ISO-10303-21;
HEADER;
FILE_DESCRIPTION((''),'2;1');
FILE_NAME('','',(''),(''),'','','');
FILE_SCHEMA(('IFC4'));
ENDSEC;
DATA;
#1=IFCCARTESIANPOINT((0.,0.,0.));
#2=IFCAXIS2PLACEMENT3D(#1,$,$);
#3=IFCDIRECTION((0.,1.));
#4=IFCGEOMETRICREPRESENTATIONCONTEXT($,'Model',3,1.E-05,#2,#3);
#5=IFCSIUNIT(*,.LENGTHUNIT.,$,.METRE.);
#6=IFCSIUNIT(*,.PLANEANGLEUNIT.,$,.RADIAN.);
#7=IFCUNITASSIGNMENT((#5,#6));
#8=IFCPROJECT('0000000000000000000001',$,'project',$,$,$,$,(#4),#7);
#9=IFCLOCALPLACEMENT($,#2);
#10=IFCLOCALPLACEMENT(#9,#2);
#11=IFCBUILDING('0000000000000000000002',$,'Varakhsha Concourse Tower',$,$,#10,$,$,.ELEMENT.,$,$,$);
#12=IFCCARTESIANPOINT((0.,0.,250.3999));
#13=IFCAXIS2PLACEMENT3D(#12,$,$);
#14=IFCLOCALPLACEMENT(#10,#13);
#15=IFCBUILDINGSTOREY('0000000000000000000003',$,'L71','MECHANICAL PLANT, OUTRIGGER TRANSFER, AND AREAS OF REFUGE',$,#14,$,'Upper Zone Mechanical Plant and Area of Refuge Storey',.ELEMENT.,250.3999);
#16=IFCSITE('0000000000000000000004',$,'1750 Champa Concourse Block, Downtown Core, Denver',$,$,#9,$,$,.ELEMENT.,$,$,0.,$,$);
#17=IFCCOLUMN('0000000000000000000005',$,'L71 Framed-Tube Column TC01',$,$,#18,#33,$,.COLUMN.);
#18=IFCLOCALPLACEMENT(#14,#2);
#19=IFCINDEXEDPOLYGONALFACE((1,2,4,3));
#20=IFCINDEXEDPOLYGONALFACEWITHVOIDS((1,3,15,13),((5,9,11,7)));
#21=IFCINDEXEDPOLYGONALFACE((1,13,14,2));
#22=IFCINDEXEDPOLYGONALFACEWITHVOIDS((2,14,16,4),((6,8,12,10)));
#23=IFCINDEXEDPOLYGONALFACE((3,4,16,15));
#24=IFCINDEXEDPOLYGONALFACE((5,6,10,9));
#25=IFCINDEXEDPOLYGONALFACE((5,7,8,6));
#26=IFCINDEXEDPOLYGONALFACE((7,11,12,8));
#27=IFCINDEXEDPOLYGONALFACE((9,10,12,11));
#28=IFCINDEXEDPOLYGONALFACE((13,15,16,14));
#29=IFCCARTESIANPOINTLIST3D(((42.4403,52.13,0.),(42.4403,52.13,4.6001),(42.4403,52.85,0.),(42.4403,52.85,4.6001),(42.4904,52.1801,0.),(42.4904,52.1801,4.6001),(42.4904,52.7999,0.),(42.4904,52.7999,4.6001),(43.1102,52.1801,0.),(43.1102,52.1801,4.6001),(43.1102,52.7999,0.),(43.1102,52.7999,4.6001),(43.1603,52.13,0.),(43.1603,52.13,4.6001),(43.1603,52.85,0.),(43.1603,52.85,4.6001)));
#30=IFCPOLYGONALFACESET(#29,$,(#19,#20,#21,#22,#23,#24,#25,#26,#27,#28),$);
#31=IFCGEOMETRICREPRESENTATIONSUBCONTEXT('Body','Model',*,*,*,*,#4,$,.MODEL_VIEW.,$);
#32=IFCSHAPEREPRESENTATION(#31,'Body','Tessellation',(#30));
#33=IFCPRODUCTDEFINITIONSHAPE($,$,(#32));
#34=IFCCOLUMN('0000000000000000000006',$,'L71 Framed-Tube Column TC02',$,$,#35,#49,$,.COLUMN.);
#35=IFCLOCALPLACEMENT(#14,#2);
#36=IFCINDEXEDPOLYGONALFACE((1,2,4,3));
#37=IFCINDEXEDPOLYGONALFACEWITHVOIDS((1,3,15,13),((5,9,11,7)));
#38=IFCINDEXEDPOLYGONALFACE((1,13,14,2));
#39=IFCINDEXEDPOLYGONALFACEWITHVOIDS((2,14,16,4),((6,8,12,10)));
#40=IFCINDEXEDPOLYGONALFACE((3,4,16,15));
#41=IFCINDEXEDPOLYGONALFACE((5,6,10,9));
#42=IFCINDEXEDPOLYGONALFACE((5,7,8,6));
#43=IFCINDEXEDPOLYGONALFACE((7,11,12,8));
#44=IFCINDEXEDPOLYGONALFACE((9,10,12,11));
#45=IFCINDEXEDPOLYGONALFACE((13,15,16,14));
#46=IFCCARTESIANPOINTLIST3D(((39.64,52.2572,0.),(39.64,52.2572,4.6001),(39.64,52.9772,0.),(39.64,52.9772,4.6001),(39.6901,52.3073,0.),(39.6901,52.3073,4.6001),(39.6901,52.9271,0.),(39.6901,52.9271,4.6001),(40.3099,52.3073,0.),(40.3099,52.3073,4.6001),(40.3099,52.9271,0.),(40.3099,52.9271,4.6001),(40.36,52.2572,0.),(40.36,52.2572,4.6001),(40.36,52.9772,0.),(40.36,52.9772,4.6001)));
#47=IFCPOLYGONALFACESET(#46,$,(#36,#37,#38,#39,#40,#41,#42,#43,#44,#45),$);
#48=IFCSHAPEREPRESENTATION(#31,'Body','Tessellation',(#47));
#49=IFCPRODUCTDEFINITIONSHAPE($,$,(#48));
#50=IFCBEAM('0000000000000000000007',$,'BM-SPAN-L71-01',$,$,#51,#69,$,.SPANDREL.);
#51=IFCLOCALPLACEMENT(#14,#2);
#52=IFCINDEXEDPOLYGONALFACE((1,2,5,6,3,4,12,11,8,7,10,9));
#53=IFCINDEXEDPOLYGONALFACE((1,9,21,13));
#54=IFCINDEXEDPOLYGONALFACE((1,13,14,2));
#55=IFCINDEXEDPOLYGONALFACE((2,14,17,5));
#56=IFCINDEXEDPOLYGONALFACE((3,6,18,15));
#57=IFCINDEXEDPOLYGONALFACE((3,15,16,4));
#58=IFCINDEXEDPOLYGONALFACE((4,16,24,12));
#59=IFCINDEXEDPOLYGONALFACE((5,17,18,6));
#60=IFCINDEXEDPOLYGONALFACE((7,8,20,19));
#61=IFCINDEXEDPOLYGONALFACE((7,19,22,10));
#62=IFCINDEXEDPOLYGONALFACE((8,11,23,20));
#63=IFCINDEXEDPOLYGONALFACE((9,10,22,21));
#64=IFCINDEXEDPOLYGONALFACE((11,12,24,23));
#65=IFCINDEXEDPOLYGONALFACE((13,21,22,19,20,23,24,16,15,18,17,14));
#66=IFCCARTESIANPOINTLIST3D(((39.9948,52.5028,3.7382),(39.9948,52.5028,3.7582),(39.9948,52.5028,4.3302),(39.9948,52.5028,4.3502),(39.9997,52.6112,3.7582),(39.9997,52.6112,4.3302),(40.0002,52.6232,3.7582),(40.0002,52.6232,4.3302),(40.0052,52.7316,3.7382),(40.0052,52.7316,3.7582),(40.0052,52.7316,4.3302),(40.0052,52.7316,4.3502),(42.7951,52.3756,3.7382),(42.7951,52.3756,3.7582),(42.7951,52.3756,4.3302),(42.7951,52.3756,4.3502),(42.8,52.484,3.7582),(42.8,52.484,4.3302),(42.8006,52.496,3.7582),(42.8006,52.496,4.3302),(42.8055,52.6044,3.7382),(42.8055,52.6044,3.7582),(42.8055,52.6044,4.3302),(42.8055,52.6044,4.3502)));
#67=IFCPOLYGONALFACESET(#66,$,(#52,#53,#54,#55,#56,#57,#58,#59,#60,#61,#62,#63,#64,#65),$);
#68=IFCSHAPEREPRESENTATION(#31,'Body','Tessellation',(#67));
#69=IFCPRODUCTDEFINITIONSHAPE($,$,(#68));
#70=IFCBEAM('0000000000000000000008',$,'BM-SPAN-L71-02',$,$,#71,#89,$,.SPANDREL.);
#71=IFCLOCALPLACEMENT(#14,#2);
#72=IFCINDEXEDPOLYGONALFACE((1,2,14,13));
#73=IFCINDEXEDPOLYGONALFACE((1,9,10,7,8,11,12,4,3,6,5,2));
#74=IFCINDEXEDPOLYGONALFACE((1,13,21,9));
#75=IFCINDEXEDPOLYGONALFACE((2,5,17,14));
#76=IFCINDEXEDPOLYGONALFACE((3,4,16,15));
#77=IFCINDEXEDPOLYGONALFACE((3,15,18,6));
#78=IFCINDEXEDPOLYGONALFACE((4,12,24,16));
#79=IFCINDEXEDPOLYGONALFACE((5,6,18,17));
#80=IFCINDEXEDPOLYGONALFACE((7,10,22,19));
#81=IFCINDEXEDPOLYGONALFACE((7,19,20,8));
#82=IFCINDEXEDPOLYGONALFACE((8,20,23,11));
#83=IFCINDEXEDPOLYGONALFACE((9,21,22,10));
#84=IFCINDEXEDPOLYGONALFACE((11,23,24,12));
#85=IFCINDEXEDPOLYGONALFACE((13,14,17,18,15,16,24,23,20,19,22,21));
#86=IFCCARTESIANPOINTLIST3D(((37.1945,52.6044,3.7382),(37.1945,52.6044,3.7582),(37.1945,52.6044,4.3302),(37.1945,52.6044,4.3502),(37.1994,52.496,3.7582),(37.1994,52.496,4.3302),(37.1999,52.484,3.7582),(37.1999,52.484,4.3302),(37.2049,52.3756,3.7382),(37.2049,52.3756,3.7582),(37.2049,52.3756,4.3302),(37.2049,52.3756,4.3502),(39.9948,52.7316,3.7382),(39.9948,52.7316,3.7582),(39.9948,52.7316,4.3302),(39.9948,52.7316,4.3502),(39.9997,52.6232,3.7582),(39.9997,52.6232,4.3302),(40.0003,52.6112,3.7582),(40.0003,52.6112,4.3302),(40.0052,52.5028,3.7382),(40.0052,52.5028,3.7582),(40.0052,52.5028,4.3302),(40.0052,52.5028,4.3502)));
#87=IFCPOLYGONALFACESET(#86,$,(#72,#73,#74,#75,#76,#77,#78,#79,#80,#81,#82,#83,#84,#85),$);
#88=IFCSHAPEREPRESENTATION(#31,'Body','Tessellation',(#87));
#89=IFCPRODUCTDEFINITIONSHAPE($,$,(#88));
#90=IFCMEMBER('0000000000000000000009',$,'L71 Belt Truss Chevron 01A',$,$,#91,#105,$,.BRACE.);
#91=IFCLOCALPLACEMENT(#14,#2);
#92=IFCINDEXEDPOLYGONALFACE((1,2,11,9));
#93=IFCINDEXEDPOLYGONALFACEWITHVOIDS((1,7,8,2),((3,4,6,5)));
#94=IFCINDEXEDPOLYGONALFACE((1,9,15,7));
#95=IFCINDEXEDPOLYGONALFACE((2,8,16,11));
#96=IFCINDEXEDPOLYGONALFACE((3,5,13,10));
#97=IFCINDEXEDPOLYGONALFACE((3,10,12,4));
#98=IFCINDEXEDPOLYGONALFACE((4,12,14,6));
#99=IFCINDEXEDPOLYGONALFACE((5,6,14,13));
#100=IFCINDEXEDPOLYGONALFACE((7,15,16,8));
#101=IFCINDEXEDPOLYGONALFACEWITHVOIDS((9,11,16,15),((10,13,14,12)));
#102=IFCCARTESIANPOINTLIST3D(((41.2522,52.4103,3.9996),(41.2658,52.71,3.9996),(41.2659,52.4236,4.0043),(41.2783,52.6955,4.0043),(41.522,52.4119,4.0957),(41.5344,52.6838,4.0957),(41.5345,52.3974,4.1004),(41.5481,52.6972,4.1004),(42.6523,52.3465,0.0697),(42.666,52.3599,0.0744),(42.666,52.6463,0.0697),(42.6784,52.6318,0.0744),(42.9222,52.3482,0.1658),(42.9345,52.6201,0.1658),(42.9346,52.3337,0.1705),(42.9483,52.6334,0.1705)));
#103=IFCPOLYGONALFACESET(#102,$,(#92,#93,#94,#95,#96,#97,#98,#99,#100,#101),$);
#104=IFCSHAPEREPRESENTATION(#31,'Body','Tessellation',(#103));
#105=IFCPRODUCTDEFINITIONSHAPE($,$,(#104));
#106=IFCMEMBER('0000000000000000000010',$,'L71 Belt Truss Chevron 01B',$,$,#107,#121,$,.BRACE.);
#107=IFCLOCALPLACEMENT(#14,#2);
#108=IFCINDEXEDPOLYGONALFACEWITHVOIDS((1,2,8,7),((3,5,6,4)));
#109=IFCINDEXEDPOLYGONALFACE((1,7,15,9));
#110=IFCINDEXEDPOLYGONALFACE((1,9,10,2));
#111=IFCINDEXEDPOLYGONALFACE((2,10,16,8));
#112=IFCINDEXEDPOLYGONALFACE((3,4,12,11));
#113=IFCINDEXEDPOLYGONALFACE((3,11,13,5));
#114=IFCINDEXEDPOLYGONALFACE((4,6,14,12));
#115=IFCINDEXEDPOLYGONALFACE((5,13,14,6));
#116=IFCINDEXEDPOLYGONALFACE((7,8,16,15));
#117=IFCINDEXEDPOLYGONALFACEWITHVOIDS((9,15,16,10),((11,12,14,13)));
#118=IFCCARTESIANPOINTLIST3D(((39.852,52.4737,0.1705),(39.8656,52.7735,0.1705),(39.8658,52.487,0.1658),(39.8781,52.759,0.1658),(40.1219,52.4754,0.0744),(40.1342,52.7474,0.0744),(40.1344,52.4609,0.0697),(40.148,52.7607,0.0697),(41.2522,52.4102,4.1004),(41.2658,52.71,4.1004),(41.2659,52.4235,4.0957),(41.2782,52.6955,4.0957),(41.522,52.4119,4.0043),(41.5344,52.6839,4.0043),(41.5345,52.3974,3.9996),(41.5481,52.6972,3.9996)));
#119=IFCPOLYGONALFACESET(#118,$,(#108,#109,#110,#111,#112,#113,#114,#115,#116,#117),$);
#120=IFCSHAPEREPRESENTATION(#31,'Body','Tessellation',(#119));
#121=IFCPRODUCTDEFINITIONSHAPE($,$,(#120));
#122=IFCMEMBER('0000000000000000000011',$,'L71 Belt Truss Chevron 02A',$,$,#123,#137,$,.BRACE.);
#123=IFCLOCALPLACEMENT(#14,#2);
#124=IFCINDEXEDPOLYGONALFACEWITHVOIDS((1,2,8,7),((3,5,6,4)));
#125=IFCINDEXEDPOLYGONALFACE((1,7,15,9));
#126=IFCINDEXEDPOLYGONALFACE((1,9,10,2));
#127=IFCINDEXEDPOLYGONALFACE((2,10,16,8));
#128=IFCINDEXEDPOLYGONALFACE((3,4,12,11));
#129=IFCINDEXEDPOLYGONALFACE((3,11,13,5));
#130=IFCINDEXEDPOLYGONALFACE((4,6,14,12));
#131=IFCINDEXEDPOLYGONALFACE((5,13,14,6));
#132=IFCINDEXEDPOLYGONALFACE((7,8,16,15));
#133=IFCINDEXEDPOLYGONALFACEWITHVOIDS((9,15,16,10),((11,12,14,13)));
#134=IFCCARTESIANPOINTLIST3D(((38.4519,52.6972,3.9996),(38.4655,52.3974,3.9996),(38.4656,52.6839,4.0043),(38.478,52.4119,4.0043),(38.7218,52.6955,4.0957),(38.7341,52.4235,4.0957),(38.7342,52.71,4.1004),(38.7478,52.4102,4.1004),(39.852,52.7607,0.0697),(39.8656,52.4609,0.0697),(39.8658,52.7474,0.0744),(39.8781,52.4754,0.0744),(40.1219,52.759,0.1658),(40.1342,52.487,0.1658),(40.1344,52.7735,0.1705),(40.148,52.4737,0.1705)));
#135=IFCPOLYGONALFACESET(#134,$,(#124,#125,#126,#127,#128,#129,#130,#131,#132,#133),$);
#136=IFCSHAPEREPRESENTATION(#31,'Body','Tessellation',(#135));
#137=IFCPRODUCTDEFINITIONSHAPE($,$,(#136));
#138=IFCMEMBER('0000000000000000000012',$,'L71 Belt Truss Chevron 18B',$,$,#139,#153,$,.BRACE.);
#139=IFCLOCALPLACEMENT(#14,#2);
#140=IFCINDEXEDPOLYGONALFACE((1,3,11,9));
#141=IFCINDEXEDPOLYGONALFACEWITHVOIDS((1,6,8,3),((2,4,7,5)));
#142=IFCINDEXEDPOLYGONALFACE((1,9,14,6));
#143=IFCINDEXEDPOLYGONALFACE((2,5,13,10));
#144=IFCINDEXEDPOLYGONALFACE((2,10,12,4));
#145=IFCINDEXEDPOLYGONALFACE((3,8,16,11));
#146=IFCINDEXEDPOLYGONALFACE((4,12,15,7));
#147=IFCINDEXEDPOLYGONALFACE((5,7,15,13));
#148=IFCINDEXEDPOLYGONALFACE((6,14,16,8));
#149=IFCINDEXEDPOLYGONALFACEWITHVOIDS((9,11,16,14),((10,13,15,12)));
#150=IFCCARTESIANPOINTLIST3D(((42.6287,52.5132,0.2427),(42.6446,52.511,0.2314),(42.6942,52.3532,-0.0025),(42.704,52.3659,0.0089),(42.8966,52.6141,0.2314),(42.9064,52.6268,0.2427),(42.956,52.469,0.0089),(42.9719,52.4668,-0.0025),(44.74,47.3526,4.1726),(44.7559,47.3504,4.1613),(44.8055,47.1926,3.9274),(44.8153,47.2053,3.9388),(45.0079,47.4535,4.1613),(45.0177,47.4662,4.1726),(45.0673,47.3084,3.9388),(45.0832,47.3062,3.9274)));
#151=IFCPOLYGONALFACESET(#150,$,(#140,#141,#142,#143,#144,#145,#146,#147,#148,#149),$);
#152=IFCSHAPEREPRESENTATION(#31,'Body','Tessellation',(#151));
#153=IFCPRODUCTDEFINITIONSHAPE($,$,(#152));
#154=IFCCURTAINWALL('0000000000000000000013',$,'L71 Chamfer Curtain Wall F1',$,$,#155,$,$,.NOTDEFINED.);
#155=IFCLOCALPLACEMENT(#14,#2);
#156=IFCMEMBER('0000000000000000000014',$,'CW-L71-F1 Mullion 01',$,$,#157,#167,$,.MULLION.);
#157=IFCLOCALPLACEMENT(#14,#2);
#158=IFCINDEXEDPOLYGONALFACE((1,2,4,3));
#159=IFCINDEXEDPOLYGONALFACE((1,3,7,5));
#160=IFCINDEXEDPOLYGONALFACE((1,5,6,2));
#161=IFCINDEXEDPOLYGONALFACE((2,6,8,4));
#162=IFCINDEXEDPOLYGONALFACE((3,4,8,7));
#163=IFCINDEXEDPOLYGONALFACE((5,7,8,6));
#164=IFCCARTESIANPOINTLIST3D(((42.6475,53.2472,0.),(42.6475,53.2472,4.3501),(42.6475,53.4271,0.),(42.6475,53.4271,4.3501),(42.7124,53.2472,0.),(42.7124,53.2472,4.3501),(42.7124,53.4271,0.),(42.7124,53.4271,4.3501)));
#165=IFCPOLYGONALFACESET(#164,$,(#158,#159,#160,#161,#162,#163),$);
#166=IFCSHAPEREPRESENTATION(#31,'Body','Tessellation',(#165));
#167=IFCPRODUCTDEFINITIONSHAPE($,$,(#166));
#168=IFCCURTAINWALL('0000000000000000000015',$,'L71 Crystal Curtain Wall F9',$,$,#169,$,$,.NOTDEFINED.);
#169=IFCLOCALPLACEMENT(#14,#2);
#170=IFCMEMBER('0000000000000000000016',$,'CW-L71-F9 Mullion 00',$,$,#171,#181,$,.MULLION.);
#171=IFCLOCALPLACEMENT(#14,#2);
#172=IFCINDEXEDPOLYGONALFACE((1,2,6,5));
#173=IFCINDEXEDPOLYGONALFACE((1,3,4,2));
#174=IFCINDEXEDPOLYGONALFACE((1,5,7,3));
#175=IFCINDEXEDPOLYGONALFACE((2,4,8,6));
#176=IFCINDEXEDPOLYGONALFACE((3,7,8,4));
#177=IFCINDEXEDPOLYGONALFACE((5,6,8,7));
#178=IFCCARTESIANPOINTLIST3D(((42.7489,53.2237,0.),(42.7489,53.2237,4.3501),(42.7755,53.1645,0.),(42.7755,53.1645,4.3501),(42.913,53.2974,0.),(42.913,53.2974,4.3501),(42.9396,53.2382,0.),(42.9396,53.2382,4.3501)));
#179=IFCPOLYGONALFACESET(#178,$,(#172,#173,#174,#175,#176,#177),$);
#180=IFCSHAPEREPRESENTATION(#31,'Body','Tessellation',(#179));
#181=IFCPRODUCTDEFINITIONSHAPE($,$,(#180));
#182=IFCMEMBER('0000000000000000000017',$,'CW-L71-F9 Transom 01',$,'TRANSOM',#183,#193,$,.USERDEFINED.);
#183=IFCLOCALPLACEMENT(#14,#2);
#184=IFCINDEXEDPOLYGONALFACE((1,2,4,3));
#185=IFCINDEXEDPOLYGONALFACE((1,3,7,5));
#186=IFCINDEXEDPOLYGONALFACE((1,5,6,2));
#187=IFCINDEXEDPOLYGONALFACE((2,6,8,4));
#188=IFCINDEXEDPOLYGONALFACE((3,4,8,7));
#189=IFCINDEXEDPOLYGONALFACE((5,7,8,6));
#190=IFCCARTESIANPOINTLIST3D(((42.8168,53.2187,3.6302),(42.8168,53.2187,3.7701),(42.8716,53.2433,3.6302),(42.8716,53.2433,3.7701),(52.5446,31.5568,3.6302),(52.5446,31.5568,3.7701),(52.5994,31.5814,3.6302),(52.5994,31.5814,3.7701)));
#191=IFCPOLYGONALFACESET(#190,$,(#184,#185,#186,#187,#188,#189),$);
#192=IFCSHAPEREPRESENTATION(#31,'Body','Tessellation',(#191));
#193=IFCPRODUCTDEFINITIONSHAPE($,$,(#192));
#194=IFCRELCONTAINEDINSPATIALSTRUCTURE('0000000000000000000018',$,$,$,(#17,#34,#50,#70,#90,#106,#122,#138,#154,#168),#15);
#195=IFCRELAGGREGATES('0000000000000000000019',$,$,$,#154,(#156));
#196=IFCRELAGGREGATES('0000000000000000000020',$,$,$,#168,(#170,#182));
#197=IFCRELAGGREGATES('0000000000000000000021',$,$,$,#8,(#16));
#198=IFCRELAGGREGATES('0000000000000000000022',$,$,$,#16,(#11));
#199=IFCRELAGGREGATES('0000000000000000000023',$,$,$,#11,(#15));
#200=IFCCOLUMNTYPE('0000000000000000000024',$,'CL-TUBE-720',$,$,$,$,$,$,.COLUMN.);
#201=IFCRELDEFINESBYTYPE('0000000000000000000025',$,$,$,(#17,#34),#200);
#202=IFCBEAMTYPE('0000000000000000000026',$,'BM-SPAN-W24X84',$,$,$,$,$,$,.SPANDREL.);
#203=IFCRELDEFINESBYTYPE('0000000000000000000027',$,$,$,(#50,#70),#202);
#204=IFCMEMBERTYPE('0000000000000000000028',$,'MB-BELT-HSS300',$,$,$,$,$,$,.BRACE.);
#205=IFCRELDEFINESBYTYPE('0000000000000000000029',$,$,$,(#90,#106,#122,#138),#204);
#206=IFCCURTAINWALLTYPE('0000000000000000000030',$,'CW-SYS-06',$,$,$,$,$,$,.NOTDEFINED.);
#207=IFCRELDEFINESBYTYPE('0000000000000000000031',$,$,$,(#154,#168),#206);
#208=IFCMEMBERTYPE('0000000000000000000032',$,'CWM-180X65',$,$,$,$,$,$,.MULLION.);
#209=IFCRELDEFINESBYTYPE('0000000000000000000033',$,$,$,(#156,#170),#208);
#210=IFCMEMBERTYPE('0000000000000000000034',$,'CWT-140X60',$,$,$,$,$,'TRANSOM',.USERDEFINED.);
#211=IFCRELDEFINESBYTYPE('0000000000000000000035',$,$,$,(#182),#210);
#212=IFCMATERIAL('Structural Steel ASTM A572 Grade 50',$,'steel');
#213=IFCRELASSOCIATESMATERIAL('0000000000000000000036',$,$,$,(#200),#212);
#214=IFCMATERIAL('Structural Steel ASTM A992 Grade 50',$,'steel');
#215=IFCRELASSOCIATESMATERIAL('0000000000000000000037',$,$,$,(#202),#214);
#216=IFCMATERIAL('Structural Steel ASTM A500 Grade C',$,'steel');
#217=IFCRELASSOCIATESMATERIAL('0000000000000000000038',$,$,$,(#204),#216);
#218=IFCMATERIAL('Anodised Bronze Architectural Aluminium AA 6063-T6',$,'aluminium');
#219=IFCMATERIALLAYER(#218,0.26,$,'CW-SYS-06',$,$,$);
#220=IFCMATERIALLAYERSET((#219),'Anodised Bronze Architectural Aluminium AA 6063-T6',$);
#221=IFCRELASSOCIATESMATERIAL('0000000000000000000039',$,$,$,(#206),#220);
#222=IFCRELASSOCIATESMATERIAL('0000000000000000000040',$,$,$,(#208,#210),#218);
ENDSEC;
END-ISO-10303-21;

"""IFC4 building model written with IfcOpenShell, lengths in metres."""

from ifc_helpers import new_model, si_unit, direction, frame, origin, origin_2d, place, context, subcontext, project, spatial, rectangle, hollow_rectangle, i_section, extrude, source, transform, mapped, material, layer, layer_set, material_profile, profile_set, type_object, type_shapes, element, aggregate, save


model = new_model("IFC4")

# Units and contexts
model_context = context("Model", 3, precision=1e-05, world=origin(), true_north=direction((0.0, 1.0)))
body_context = subcontext(model_context, "Body", "Model", "MODEL_VIEW")
ifc_project = project(units=[si_unit("LENGTHUNIT", "METRE"), si_unit("PLANEANGLEUNIT", "RADIAN")], contexts=[model_context])

# Site, building, storey
site_placement = place(None, origin())
site = spatial("IfcSite", under=ifc_project, at=site_placement, Name="1750 Champa Concourse Block, Downtown Core, Denver", CompositionType="ELEMENT", RefElevation=0.0)
building_placement = place(site_placement, origin())
building = spatial("IfcBuilding", under=site, at=building_placement, Name="Varakhsha Concourse Tower", CompositionType="ELEMENT")
storey_placement = place(building_placement, frame((0.0, 0.0, 250.3999)))
storey = spatial("IfcBuildingStorey", under=building, at=storey_placement, Name="L71", Description="MECHANICAL PLANT, OUTRIGGER TRANSFER, AND AREAS OF REFUGE", LongName="Upper Zone Mechanical Plant and Area of Refuge Storey", CompositionType="ELEMENT", Elevation=250.3999)

# Columns
ifc_material_1 = material(Name="Structural Steel ASTM A572 Grade 50", Category="steel")
ifc_material_profile_1 = material_profile(ifc_material_1, hollow_rectangle(XDim=0.72, YDim=0.72, WallThickness=0.05, at=origin_2d()), Name="BOX 720x720x50")
ifc_profile_set_1 = profile_set([ifc_material_profile_1], Name="Structural Steel ASTM A572 Grade 50")
column_type = type_object("IfcColumnType", Name="CL-TUBE-720", PredefinedType="COLUMN", material=ifc_profile_set_1)
for number, where, z_axis, x_axis, name in (
    (1, (42.8003, 52.49, 0.0), (0.0, 0.0, 1.0), (1.0, 0.0, 0.0), "L71 Framed-Tube Column TC01"),
    (2, (40.0, 52.6172, 0.0), (0.0, 0.0, 1.0), (1.0, 0.0, 0.0), "L71 Framed-Tube Column TC02"),
):
    element("IfcColumn", number, at=place(storey_placement, frame(where, z_axis=z_axis, x_axis=x_axis)), inside=storey, type_object=column_type, Name=name, PredefinedType="COLUMN", context=body_context, shape_type="SweptSolid", body=[
        extrude(hollow_rectangle(XDim=0.72, YDim=0.72, WallThickness=0.05, at=origin_2d()), origin(), (0.0, 0.0, 1.0), 4.6001),
    ])

# Beams
ifc_material_2 = material(Name="Structural Steel ASTM A992 Grade 50", Category="steel")
ifc_material_profile_2 = material_profile(ifc_material_2, i_section(OverallWidth=0.229, OverallDepth=0.6121, WebThickness=0.012, FlangeThickness=0.02, at=origin_2d()), Name="W24X84")
ifc_profile_set_2 = profile_set([ifc_material_profile_2], Name="Structural Steel ASTM A992 Grade 50")
beam_type = type_object("IfcBeamType", Name="BM-SPAN-W24X84", PredefinedType="SPANDREL", material=ifc_profile_set_2)
for number, where, z_axis, x_axis, name in (
    (3, (42.8003, 52.49, 4.0442), (-0.99897, 0.045376, 0.0), (-0.045376, -0.99897, 0.0), "BM-SPAN-L71-01"),
    (4, (40.0, 52.6172, 4.0442), (-0.99897, -0.045376, 0.0), (0.045376, -0.99897, 0.0), "BM-SPAN-L71-02"),
):
    element("IfcBeam", number, at=place(storey_placement, frame(where, z_axis=z_axis, x_axis=x_axis)), inside=storey, type_object=beam_type, Name=name, PredefinedType="SPANDREL", context=body_context, shape_type="SweptSolid", body=[
        extrude(i_section(OverallWidth=0.229, OverallDepth=0.6121, WebThickness=0.012, FlangeThickness=0.02, at=origin_2d()), origin(), (0.0, 0.0, 1.0), 2.8032),
    ])

# Members
ifc_material_3 = material(Name="Structural Steel ASTM A500 Grade C", Category="steel")
ifc_material_profile_3 = material_profile(ifc_material_3, hollow_rectangle(XDim=0.3, YDim=0.3, WallThickness=0.0139, at=origin_2d()), Name="HSS 300x300x14")
ifc_profile_set_3 = profile_set([ifc_material_profile_3], Name="Structural Steel ASTM A500 Grade C")
member_type_1 = type_object("IfcMemberType", Name="MB-BELT-HSS300", PredefinedType="BRACE", material=ifc_profile_set_3)
shared_shape_1 = source(origin(), body_context, "Body", "SweptSolid", [
    extrude(hollow_rectangle(XDim=0.3, YDim=0.3, WallThickness=0.0139, at=origin_2d()), origin(), (0.0, 0.0, 1.0), 4.1724),
])
for number, where, z_axis, x_axis, name in (
    (5, (42.8003, 52.49, 0.1201), (-0.335574, 0.015272, 0.94189), (-0.045463, -0.998966, 0.0), "L71 Belt Truss Chevron 01A"),
    (6, (40.0, 52.6172, 0.1201), (0.335575, -0.015213, 0.941891), (0.045289, 0.998974, 0.0), "L71 Belt Truss Chevron 01B"),
    (7, (40.0, 52.6172, 0.1201), (-0.335575, -0.015213, 0.941891), (0.045289, -0.998974, 0.0), "L71 Belt Truss Chevron 02A"),
):
    element("IfcMember", number, at=place(storey_placement, frame(where, z_axis=z_axis, x_axis=x_axis)), inside=storey, type_object=member_type_1, Name=name, PredefinedType="BRACE", context=body_context, shape_type="MappedRepresentation", body=[
        mapped(shared_shape_1, transform((0.0, 0.0, 0.0), scale=1.0)),
    ])
shared_shape_2 = source(origin(), body_context, "Body", "SweptSolid", [
    extrude(hollow_rectangle(XDim=0.3, YDim=0.3, WallThickness=0.0139, at=origin_2d()), origin(), (0.0, 0.0, 1.0), 6.8215),
])
type_shapes(member_type_1, [shared_shape_1, shared_shape_2])
member_1_placement = place(storey_placement, frame((42.8003, 52.49, 0.1201), z_axis=(0.309506, -0.756514, 0.576101), x_axis=(0.925537, 0.378657, 0.0)))
element("IfcMember", 8, at=member_1_placement, inside=storey, type_object=member_type_1, Name="L71 Belt Truss Chevron 18B", PredefinedType="BRACE", context=body_context, shape_type="MappedRepresentation", body=[
    mapped(shared_shape_2, transform((0.0, 0.0, 0.0), scale=1.0)),
])

# Curtain wall, member
ifc_material_4 = material(Name="Anodised Bronze Architectural Aluminium AA 6063-T6", Category="aluminium")
ifc_layer_1 = layer(ifc_material_4, 0.26, Name="CW-SYS-06")
ifc_layer_set_1 = layer_set([ifc_layer_1], Name="Anodised Bronze Architectural Aluminium AA 6063-T6")
curtain_wall_type = type_object("IfcCurtainWallType", Name="CW-SYS-06", PredefinedType="NOTDEFINED", material=ifc_layer_set_1)
curtain_wall_1_placement = place(storey_placement, origin())
curtain_wall_1 = element("IfcCurtainWall", 9, at=curtain_wall_1_placement, inside=storey, type_object=curtain_wall_type, Name="L71 Chamfer Curtain Wall F1", PredefinedType="NOTDEFINED")
ifc_material_profile_4 = material_profile(ifc_material_4, rectangle(XDim=0.0649, YDim=0.1799, at=origin_2d()), Name="CWM-180X65")
ifc_profile_set_4 = profile_set([ifc_material_profile_4], Name="Anodised Bronze Architectural Aluminium AA 6063-T6")
member_type_2 = type_object("IfcMemberType", Name="CWM-180X65", PredefinedType="MULLION", material=ifc_profile_set_4)
shared_shape_3 = source(origin(), body_context, "Body", "SweptSolid", [
    extrude(rectangle(XDim=0.0649, YDim=0.1799, at=origin_2d()), origin(), (0.0, 0.0, 1.0), 4.3501),
])
type_shapes(member_type_2, [shared_shape_3])
member_2_placement = place(storey_placement, frame((42.6799, 53.3372, 0.0), z_axis=(0.0, 0.0, 1.0), x_axis=(1.0, 0.0, 0.0)))
member_2 = element("IfcMember", 10, at=member_2_placement, type_object=member_type_2, Name="CW-L71-F1 Mullion 01", PredefinedType="MULLION", context=body_context, shape_type="MappedRepresentation", body=[
    mapped(shared_shape_3, transform((0.0, 0.0, 0.0), scale=1.0)),
])

# Curtain wall, members
curtain_wall_2_placement = place(storey_placement, origin())
curtain_wall_2 = element("IfcCurtainWall", 11, at=curtain_wall_2_placement, inside=storey, type_object=curtain_wall_type, Name="L71 Crystal Curtain Wall F9", PredefinedType="NOTDEFINED")
member_3_placement = place(storey_placement, frame((42.8442, 53.231, 0.0), z_axis=(0.0, 0.0, 1.0), x_axis=(0.409662, -0.912237, 0.0)))
member_3 = element("IfcMember", 12, at=member_3_placement, type_object=member_type_2, Name="CW-L71-F9 Mullion 00", PredefinedType="MULLION", context=body_context, shape_type="MappedRepresentation", body=[
    mapped(shared_shape_3, transform((0.0, 0.0, 0.0), scale=1.0)),
])
ifc_material_profile_5 = material_profile(ifc_material_4, rectangle(XDim=0.0601, YDim=0.1399, at=origin_2d()), Name="CWT-140X60")
ifc_profile_set_5 = profile_set([ifc_material_profile_5], Name="Anodised Bronze Architectural Aluminium AA 6063-T6")
member_type_3 = type_object("IfcMemberType", Name="CWT-140X60", ElementType="TRANSOM", PredefinedType="USERDEFINED", material=ifc_profile_set_5)
shared_shape_4 = source(origin(), body_context, "Body", "SweptSolid", [
    extrude(rectangle(XDim=0.0601, YDim=0.1399, at=origin_2d()), origin(), (0.0, 0.0, 1.0), 23.7458),
])
type_shapes(member_type_3, [shared_shape_4])
member_4_placement = place(storey_placement, frame((42.8442, 53.231, 3.7002), z_axis=(0.409662, -0.912237, 0.0), x_axis=(0.912237, 0.409662, 0.0)))
member_4 = element("IfcMember", 13, at=member_4_placement, type_object=member_type_3, Name="CW-L71-F9 Transom 01", ObjectType="TRANSOM", PredefinedType="USERDEFINED", context=body_context, shape_type="MappedRepresentation", body=[
    mapped(shared_shape_4, transform((0.0, 0.0, 0.0), scale=1.0)),
])

aggregate(curtain_wall_1, [member_2])
aggregate(curtain_wall_2, [member_3, member_4])

save(model, "model.ifc")
